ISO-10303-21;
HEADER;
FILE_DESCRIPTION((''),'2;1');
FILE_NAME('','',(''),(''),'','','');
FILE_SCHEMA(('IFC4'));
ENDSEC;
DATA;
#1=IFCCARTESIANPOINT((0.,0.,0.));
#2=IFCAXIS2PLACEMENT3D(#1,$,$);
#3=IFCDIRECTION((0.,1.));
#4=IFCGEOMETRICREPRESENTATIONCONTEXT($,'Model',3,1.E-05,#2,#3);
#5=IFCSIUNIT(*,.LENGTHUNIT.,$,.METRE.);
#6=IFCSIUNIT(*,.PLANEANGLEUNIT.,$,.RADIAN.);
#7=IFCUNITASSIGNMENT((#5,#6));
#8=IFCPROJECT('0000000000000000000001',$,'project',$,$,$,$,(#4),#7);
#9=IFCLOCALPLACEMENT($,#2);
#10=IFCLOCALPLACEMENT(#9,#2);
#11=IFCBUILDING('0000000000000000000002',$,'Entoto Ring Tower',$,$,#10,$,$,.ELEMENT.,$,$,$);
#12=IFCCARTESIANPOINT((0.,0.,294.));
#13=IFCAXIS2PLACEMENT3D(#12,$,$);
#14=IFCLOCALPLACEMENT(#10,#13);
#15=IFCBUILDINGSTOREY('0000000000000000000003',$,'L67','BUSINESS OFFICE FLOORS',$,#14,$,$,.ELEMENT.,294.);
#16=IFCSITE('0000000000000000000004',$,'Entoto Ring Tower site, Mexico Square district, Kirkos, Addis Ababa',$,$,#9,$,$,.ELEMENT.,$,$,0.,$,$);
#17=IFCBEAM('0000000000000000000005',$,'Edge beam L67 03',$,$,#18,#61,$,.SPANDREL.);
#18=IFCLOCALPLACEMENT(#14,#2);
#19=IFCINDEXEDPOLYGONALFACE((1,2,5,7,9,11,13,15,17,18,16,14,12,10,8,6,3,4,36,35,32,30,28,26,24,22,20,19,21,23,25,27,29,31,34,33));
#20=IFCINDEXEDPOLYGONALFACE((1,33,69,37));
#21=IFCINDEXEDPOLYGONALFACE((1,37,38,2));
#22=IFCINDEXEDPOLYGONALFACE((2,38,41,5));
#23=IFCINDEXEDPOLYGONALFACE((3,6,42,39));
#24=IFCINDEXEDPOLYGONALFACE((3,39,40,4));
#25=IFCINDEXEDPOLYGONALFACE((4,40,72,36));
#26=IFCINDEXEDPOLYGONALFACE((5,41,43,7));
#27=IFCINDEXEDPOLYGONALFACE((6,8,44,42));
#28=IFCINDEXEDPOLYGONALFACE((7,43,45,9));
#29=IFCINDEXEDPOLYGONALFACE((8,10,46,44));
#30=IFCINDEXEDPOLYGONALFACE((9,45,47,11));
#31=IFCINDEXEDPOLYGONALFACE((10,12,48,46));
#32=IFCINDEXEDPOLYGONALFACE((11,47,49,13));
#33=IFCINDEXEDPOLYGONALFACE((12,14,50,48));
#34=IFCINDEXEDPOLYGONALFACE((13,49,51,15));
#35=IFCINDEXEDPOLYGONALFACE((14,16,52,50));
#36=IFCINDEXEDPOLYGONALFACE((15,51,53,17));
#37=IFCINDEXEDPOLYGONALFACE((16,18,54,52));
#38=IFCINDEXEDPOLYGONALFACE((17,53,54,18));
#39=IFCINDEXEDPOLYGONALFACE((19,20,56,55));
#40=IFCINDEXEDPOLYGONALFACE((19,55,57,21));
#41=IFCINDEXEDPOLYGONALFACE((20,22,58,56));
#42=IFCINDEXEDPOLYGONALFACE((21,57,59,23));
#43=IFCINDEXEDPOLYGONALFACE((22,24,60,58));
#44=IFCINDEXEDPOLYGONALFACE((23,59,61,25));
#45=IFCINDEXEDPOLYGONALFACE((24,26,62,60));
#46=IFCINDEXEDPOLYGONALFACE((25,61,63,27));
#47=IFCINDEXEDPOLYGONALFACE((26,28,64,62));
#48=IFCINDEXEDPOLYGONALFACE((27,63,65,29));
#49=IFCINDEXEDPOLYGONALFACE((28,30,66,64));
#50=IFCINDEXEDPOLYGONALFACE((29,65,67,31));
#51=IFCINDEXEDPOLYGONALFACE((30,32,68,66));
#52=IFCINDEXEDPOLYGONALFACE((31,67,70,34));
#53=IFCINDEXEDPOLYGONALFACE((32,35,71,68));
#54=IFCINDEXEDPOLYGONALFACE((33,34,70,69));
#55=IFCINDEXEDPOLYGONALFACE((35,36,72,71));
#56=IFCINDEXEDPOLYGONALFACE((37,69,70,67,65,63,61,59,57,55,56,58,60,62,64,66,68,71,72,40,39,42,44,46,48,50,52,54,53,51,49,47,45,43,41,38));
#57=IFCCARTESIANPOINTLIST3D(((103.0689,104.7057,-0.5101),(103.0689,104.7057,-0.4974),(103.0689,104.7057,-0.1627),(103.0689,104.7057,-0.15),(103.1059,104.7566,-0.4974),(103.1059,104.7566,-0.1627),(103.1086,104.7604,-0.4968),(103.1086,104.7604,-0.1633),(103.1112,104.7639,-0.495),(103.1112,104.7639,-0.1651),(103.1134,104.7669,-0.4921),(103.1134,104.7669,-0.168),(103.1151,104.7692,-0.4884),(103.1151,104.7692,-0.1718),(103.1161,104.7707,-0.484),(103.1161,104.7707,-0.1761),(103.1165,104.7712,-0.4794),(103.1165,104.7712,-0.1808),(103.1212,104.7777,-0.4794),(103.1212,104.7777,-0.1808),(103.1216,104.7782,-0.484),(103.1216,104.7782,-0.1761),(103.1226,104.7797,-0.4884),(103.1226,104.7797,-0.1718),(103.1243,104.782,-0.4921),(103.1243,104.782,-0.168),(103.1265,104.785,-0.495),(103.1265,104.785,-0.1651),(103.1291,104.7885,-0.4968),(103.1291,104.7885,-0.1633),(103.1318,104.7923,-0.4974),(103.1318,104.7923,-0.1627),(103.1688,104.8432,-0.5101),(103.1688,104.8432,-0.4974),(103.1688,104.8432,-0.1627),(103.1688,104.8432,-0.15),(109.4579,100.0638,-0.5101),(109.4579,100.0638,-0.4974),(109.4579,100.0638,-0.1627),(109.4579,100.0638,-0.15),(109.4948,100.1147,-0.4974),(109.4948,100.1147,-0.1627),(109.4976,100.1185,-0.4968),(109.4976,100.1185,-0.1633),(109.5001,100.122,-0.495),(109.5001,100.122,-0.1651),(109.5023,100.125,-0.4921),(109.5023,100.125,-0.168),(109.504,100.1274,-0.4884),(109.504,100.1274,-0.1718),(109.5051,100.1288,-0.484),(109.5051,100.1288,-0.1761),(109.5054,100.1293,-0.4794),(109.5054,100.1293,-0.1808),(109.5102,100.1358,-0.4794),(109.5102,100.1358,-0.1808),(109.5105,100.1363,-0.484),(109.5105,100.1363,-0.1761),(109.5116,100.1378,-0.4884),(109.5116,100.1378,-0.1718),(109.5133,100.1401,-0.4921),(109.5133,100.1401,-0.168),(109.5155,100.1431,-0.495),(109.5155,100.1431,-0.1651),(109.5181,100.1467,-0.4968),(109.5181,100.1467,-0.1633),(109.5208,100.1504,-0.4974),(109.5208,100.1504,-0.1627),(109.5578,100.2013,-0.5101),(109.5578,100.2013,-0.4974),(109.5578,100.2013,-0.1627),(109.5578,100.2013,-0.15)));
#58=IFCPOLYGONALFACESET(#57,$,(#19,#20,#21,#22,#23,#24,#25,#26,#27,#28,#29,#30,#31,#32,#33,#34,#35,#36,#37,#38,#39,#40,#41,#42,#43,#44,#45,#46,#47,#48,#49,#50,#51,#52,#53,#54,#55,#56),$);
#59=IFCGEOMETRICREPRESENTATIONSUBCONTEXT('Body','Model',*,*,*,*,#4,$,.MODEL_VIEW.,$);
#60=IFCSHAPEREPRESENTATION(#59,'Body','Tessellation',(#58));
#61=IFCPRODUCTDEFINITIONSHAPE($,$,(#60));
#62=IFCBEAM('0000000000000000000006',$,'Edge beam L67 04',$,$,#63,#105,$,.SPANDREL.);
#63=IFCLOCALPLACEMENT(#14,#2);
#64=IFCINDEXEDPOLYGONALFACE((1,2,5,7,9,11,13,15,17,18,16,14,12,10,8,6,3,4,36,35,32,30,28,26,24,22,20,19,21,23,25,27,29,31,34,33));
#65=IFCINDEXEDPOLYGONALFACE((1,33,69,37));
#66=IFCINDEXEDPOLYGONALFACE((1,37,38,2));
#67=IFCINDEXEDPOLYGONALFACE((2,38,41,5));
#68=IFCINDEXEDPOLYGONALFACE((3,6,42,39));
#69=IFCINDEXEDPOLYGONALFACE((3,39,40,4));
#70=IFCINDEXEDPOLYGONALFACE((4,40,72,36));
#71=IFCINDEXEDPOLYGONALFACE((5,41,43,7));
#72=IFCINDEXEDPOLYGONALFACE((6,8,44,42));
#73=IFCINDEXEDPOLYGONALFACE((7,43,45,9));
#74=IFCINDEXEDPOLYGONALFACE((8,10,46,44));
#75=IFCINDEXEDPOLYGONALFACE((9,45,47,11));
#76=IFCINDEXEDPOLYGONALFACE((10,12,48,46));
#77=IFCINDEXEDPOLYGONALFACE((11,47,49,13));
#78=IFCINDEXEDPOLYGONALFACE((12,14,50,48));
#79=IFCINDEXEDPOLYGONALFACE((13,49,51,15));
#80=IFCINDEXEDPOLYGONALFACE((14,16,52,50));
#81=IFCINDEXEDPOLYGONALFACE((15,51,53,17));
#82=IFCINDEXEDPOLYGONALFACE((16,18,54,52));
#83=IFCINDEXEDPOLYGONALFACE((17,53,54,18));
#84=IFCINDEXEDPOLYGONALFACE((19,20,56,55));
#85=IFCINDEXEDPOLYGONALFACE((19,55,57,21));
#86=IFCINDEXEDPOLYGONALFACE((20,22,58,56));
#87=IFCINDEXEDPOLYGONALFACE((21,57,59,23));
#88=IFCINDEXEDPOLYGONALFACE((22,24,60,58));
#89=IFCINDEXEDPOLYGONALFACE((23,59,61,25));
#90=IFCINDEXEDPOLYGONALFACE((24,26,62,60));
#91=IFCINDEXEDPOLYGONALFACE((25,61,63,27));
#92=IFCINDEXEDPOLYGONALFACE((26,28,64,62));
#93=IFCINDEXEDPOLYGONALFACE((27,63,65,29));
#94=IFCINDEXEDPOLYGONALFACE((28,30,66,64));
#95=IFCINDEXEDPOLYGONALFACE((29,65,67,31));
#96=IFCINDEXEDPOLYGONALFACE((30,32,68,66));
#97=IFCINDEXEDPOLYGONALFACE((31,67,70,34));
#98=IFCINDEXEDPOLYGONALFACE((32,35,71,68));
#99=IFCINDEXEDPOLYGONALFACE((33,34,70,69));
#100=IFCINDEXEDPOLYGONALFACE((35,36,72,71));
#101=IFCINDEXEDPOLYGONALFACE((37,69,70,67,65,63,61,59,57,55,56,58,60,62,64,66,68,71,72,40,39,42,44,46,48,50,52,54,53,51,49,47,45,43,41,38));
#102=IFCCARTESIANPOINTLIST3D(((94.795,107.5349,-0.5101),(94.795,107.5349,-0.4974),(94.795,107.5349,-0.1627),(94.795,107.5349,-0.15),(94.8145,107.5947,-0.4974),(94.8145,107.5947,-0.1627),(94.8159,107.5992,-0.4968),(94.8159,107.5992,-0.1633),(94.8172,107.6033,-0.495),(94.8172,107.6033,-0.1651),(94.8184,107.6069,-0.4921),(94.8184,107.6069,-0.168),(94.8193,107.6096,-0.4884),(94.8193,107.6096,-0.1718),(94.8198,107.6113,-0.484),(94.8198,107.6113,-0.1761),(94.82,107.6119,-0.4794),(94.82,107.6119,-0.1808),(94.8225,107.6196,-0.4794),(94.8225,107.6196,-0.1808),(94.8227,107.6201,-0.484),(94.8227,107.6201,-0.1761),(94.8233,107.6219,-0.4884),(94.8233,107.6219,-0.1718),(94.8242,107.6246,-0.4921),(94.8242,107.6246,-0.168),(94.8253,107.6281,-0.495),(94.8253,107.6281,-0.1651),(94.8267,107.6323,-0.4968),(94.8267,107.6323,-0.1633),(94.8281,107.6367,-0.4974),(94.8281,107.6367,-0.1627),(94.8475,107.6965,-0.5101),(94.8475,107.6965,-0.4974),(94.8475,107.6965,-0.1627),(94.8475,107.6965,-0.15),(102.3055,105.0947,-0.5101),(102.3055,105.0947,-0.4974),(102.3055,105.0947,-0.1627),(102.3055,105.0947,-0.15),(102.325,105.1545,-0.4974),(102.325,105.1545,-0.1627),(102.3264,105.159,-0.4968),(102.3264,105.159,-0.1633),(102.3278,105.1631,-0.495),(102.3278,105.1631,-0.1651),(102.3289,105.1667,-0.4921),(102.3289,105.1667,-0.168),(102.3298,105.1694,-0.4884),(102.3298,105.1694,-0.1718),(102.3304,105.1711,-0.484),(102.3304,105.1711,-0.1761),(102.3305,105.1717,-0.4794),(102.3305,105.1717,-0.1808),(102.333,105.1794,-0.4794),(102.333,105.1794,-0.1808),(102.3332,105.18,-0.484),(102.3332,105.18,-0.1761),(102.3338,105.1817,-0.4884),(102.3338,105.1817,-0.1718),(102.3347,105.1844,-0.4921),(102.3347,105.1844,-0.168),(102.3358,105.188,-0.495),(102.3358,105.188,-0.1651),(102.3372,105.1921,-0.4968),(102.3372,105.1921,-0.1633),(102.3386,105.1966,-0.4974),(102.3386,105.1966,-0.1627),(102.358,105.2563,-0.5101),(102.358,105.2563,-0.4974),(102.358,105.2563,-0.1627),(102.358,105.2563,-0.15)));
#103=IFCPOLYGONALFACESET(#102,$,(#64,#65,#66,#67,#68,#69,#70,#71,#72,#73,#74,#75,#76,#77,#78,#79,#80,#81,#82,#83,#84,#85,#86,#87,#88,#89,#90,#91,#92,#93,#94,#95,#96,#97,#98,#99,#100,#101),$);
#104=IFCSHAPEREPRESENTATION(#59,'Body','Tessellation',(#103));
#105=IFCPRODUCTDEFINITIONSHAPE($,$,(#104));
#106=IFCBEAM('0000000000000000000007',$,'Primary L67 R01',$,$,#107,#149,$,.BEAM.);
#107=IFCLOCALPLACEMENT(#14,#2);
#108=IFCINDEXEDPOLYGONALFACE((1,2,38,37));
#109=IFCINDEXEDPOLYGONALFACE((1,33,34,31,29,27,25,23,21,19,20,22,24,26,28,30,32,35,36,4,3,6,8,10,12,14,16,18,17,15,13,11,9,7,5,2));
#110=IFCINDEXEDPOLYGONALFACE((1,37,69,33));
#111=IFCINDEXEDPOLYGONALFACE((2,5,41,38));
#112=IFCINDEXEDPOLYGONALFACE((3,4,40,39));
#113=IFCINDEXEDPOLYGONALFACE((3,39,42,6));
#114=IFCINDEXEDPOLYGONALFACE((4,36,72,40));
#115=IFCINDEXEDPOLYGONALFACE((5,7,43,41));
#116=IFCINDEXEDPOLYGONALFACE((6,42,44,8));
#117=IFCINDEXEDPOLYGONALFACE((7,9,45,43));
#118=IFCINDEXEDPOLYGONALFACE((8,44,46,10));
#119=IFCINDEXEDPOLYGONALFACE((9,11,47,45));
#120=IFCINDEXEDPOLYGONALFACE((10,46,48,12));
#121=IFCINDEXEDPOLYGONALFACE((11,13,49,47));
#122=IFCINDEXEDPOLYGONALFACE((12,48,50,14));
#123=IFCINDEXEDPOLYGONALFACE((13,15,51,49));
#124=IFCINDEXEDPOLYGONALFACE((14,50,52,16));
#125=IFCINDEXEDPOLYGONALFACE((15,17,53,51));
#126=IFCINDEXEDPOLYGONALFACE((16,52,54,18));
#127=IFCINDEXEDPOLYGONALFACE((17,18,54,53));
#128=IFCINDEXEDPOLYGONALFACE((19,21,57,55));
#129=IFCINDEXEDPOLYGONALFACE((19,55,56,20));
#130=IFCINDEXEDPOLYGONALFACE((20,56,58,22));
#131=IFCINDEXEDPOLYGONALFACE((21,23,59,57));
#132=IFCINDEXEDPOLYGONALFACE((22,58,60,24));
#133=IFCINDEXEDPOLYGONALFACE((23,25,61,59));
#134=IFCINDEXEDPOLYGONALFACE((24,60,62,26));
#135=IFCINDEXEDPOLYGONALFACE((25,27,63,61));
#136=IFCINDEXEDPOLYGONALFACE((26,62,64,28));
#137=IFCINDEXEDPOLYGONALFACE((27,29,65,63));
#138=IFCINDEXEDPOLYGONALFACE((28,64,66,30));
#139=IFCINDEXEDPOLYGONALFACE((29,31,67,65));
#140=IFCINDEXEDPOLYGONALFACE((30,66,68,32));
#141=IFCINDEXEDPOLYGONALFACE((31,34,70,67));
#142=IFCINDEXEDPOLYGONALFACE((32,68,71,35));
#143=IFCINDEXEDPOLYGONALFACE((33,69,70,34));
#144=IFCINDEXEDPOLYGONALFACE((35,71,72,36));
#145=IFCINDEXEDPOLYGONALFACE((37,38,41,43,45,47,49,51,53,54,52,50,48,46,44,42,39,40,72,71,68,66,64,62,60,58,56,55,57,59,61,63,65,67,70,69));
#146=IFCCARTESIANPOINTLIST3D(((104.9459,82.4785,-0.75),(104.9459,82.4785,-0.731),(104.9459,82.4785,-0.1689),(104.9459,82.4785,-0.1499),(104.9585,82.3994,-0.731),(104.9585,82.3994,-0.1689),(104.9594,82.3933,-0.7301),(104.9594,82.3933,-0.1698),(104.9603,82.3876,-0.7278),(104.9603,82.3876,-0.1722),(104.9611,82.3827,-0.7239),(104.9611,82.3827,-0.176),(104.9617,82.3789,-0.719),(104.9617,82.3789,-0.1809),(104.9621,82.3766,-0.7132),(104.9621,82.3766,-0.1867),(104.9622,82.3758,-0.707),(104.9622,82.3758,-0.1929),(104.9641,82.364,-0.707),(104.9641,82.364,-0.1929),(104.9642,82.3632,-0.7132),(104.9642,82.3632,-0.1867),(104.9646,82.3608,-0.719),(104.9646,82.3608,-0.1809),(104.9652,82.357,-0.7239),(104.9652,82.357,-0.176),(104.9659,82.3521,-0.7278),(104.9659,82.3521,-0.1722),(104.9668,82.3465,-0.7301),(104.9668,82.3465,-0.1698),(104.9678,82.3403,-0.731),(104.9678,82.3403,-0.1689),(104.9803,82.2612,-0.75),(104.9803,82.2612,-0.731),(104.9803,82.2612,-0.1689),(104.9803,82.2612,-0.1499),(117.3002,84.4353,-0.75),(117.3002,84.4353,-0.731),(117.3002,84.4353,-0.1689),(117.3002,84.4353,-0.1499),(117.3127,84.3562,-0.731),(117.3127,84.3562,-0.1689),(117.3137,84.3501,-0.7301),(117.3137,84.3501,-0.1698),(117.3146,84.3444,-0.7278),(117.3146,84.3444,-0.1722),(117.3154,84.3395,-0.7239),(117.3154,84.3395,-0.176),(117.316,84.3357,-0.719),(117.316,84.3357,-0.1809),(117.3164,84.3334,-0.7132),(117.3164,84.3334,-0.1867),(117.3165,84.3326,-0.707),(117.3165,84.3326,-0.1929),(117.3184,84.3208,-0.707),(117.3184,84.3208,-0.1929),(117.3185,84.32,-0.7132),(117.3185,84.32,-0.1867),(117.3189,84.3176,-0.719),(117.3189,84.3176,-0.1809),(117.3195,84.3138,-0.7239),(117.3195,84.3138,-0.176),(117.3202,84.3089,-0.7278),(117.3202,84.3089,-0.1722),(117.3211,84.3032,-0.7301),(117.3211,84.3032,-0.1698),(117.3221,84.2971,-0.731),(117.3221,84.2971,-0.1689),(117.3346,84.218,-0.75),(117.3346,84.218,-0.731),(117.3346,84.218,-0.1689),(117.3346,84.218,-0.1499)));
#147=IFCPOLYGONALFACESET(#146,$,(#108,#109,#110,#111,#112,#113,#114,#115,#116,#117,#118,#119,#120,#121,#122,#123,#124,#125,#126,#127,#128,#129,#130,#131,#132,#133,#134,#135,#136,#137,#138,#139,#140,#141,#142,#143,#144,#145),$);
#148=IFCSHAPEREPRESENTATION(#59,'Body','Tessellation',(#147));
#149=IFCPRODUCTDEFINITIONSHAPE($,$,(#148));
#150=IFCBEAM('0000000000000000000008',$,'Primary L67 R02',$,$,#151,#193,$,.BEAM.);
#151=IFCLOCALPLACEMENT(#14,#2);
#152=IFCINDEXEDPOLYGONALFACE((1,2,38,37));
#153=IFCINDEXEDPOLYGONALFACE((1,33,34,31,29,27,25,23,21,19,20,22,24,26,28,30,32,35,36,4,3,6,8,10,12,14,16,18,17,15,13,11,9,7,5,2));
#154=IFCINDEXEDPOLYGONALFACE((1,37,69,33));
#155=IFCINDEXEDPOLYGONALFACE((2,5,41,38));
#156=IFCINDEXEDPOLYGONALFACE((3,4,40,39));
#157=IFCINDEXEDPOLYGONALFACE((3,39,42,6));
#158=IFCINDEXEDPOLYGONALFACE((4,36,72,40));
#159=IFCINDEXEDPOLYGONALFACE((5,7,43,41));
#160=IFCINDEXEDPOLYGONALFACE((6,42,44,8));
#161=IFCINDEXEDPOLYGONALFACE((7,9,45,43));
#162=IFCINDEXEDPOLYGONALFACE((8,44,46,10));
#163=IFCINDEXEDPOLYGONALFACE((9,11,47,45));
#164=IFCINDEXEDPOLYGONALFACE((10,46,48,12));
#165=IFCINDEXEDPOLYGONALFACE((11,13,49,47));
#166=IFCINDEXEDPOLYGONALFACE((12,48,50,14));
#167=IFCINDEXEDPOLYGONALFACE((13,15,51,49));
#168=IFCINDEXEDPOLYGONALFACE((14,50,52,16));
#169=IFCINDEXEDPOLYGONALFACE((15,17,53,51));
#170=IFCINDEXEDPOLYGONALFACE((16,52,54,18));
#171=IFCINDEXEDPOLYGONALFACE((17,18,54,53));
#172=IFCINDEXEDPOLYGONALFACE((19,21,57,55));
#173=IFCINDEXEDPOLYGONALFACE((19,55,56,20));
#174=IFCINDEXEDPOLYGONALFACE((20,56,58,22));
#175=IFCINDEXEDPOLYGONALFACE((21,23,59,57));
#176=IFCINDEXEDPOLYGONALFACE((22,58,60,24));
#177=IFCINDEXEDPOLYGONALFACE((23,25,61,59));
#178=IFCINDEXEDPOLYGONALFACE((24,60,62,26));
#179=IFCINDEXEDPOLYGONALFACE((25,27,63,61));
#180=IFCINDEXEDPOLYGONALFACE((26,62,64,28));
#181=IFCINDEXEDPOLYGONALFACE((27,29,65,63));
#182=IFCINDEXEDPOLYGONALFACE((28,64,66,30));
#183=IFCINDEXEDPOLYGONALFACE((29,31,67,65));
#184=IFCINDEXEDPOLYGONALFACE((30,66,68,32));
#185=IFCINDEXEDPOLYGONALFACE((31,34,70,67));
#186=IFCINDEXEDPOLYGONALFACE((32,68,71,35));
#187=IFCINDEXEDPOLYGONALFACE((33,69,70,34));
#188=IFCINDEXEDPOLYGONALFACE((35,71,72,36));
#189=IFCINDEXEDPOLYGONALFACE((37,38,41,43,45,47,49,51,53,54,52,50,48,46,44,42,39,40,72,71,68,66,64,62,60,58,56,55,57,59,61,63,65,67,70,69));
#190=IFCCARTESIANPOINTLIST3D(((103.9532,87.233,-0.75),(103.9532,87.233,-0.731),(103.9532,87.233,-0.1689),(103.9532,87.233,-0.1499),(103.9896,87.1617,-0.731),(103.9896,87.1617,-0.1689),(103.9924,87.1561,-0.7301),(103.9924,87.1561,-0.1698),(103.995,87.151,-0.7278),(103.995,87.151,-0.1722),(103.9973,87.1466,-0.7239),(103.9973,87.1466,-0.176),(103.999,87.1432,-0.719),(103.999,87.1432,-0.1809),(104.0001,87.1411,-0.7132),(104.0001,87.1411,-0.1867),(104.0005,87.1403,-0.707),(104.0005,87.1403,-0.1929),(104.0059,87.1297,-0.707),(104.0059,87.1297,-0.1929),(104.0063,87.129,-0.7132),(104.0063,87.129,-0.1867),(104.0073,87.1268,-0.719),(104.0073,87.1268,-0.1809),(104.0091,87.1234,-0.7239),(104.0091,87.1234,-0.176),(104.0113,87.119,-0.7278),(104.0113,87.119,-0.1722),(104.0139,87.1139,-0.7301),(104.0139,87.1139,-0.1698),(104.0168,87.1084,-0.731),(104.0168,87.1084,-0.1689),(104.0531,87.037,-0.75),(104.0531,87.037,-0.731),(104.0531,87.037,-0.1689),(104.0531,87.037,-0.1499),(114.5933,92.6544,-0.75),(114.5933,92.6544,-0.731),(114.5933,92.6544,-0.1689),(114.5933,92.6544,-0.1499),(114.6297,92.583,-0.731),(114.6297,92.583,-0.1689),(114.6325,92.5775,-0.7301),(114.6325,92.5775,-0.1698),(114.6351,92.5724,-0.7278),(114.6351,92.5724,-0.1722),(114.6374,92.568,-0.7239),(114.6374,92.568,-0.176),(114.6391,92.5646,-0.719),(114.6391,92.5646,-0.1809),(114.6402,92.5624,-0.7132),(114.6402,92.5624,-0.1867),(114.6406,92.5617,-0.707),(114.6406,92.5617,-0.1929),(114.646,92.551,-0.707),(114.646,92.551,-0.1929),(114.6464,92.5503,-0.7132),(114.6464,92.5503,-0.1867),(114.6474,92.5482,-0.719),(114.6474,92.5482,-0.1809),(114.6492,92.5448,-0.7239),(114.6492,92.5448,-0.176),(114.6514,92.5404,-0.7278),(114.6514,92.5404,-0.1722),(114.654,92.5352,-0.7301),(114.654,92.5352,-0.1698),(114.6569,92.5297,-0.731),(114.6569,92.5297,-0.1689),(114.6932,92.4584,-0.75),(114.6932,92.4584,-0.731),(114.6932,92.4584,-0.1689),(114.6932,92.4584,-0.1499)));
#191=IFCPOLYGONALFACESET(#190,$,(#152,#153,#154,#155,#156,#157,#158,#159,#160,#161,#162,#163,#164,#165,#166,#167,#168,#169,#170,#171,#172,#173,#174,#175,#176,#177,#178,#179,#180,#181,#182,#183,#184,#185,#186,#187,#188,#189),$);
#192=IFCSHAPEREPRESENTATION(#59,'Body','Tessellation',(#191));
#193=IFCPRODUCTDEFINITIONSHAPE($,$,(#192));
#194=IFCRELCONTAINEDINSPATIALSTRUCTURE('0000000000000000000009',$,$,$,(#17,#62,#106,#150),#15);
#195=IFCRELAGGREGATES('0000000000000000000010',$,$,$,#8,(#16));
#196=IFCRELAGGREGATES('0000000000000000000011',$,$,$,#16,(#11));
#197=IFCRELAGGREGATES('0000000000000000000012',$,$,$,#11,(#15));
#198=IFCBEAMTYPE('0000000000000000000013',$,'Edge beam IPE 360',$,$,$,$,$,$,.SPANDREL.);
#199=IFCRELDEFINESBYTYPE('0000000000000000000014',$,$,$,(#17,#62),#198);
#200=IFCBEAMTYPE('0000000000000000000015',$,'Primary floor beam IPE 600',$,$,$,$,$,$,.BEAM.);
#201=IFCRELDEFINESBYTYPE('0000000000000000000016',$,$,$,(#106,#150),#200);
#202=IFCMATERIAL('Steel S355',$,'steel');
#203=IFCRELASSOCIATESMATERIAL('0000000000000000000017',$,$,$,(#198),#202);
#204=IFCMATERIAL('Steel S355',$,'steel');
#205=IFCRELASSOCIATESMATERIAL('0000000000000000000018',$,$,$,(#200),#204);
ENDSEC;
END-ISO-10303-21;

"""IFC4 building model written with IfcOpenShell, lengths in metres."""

from ifc_helpers import new_model, si_unit, direction, frame, origin, origin_2d, place, context, subcontext, project, spatial, i_section, extrude, material, material_profile, profile_set, type_object, element, save


model = new_model("IFC4")

# Units and contexts
model_context = context("Model", 3, precision=1e-05, world=origin(), true_north=direction((0.0, 1.0)))
body_context = subcontext(model_context, "Body", "Model", "MODEL_VIEW")
ifc_project = project(units=[si_unit("LENGTHUNIT", "METRE"), si_unit("PLANEANGLEUNIT", "RADIAN")], contexts=[model_context])

# Site, building, storey
site_placement = place(None, origin())
site = spatial("IfcSite", under=ifc_project, at=site_placement, Name="Entoto Ring Tower site, Mexico Square district, Kirkos, Addis Ababa", CompositionType="ELEMENT", RefElevation=0.0)
building_placement = place(site_placement, origin())
building = spatial("IfcBuilding", under=site, at=building_placement, Name="Entoto Ring Tower", CompositionType="ELEMENT")
storey_placement = place(building_placement, frame((0.0, 0.0, 294.0)))
storey = spatial("IfcBuildingStorey", under=building, at=storey_placement, Name="L67", Description="BUSINESS OFFICE FLOORS", CompositionType="ELEMENT", Elevation=294.0)

# Beams
ifc_material_1 = material(Name="Steel S355", Category="steel")
ifc_material_profile_1 = material_profile(ifc_material_1, i_section(OverallWidth=0.1699, OverallDepth=0.3601, WebThickness=0.0081, FlangeThickness=0.0127, FilletRadius=0.0181, at=origin_2d()), Name="IPE 360")
ifc_profile_set_1 = profile_set([ifc_material_profile_1], Name="Steel S355")
beam_type_1 = type_object("IfcBeamType", Name="Edge beam IPE 360", PredefinedType="SPANDREL", material=ifc_profile_set_1)
for number, where, z_axis, x_axis, name in (
    (1, (109.5078, 100.1326, -0.3301), (-0.809015, 0.587787, 0.0), (-0.587787, -0.809015, 0.0), "Edge beam L67 03"),
):
    element("IfcBeam", number, at=place(storey_placement, frame(where, z_axis=z_axis, x_axis=x_axis)), inside=storey, type_object=beam_type_1, Name=name, PredefinedType="SPANDREL", context=body_context, shape_type="SweptSolid", body=[
        extrude(i_section(OverallWidth=0.1699, OverallDepth=0.3601, WebThickness=0.0081, FlangeThickness=0.0127, FilletRadius=0.0181, at=origin_2d()), origin(), (0.0, 0.0, 1.0), 7.8972),
    ])
beam_1_placement = place(storey_placement, frame((102.3318, 105.1755, -0.3301), z_axis=(-0.951061, 0.309003, 0.0), x_axis=(-0.309003, -0.951061, 0.0)))
element("IfcBeam", 2, at=beam_1_placement, inside=storey, type_object=beam_type_1, Name="Edge beam L67 04", PredefinedType="SPANDREL", context=body_context, shape_type="SweptSolid", body=[
    extrude(i_section(OverallWidth=0.1699, OverallDepth=0.3601, WebThickness=0.0081, FlangeThickness=0.0127, FilletRadius=0.0181, at=origin_2d()), origin(), (0.0, 0.0, 1.0), 7.897),
])
ifc_material_2 = material(Name="Steel S355", Category="steel")
ifc_material_profile_2 = material_profile(ifc_material_2, i_section(OverallWidth=0.22, OverallDepth=0.6001, WebThickness=0.012, FlangeThickness=0.019, FilletRadius=0.0239, at=origin_2d()), Name="IPE 600")
ifc_profile_set_2 = profile_set([ifc_material_profile_2], Name="Steel S355")
beam_type_2 = type_object("IfcBeamType", Name="Primary floor beam IPE 600", PredefinedType="BEAM", material=ifc_profile_set_2)
beam_2_placement = place(storey_placement, frame((104.9631, 82.3699, -0.45), z_axis=(0.987688, 0.15644, 0.0), x_axis=(-0.15644, 0.987688, 0.0)))
element("IfcBeam", 3, at=beam_2_placement, inside=storey, type_object=beam_type_2, Name="Primary L67 R01", PredefinedType="BEAM", context=body_context, shape_type="SweptSolid", body=[
    extrude(i_section(OverallWidth=0.22, OverallDepth=0.6001, WebThickness=0.012, FlangeThickness=0.019, FilletRadius=0.0239, at=origin_2d()), origin(), (0.0, 0.0, 1.0), 12.5083),
])
beam_3_placement = place(storey_placement, frame((104.0032, 87.135, -0.45), z_axis=(0.891008, 0.453988, 0.0), x_axis=(-0.453988, 0.891008, 0.0)))
element("IfcBeam", 4, at=beam_3_placement, inside=storey, type_object=beam_type_2, Name="Primary L67 R02", PredefinedType="BEAM", context=body_context, shape_type="SweptSolid", body=[
    extrude(i_section(OverallWidth=0.22, OverallDepth=0.6001, WebThickness=0.012, FlangeThickness=0.019, FilletRadius=0.0239, at=origin_2d()), origin(), (0.0, 0.0, 1.0), 11.9417),
])

save(model, "model.ifc")
